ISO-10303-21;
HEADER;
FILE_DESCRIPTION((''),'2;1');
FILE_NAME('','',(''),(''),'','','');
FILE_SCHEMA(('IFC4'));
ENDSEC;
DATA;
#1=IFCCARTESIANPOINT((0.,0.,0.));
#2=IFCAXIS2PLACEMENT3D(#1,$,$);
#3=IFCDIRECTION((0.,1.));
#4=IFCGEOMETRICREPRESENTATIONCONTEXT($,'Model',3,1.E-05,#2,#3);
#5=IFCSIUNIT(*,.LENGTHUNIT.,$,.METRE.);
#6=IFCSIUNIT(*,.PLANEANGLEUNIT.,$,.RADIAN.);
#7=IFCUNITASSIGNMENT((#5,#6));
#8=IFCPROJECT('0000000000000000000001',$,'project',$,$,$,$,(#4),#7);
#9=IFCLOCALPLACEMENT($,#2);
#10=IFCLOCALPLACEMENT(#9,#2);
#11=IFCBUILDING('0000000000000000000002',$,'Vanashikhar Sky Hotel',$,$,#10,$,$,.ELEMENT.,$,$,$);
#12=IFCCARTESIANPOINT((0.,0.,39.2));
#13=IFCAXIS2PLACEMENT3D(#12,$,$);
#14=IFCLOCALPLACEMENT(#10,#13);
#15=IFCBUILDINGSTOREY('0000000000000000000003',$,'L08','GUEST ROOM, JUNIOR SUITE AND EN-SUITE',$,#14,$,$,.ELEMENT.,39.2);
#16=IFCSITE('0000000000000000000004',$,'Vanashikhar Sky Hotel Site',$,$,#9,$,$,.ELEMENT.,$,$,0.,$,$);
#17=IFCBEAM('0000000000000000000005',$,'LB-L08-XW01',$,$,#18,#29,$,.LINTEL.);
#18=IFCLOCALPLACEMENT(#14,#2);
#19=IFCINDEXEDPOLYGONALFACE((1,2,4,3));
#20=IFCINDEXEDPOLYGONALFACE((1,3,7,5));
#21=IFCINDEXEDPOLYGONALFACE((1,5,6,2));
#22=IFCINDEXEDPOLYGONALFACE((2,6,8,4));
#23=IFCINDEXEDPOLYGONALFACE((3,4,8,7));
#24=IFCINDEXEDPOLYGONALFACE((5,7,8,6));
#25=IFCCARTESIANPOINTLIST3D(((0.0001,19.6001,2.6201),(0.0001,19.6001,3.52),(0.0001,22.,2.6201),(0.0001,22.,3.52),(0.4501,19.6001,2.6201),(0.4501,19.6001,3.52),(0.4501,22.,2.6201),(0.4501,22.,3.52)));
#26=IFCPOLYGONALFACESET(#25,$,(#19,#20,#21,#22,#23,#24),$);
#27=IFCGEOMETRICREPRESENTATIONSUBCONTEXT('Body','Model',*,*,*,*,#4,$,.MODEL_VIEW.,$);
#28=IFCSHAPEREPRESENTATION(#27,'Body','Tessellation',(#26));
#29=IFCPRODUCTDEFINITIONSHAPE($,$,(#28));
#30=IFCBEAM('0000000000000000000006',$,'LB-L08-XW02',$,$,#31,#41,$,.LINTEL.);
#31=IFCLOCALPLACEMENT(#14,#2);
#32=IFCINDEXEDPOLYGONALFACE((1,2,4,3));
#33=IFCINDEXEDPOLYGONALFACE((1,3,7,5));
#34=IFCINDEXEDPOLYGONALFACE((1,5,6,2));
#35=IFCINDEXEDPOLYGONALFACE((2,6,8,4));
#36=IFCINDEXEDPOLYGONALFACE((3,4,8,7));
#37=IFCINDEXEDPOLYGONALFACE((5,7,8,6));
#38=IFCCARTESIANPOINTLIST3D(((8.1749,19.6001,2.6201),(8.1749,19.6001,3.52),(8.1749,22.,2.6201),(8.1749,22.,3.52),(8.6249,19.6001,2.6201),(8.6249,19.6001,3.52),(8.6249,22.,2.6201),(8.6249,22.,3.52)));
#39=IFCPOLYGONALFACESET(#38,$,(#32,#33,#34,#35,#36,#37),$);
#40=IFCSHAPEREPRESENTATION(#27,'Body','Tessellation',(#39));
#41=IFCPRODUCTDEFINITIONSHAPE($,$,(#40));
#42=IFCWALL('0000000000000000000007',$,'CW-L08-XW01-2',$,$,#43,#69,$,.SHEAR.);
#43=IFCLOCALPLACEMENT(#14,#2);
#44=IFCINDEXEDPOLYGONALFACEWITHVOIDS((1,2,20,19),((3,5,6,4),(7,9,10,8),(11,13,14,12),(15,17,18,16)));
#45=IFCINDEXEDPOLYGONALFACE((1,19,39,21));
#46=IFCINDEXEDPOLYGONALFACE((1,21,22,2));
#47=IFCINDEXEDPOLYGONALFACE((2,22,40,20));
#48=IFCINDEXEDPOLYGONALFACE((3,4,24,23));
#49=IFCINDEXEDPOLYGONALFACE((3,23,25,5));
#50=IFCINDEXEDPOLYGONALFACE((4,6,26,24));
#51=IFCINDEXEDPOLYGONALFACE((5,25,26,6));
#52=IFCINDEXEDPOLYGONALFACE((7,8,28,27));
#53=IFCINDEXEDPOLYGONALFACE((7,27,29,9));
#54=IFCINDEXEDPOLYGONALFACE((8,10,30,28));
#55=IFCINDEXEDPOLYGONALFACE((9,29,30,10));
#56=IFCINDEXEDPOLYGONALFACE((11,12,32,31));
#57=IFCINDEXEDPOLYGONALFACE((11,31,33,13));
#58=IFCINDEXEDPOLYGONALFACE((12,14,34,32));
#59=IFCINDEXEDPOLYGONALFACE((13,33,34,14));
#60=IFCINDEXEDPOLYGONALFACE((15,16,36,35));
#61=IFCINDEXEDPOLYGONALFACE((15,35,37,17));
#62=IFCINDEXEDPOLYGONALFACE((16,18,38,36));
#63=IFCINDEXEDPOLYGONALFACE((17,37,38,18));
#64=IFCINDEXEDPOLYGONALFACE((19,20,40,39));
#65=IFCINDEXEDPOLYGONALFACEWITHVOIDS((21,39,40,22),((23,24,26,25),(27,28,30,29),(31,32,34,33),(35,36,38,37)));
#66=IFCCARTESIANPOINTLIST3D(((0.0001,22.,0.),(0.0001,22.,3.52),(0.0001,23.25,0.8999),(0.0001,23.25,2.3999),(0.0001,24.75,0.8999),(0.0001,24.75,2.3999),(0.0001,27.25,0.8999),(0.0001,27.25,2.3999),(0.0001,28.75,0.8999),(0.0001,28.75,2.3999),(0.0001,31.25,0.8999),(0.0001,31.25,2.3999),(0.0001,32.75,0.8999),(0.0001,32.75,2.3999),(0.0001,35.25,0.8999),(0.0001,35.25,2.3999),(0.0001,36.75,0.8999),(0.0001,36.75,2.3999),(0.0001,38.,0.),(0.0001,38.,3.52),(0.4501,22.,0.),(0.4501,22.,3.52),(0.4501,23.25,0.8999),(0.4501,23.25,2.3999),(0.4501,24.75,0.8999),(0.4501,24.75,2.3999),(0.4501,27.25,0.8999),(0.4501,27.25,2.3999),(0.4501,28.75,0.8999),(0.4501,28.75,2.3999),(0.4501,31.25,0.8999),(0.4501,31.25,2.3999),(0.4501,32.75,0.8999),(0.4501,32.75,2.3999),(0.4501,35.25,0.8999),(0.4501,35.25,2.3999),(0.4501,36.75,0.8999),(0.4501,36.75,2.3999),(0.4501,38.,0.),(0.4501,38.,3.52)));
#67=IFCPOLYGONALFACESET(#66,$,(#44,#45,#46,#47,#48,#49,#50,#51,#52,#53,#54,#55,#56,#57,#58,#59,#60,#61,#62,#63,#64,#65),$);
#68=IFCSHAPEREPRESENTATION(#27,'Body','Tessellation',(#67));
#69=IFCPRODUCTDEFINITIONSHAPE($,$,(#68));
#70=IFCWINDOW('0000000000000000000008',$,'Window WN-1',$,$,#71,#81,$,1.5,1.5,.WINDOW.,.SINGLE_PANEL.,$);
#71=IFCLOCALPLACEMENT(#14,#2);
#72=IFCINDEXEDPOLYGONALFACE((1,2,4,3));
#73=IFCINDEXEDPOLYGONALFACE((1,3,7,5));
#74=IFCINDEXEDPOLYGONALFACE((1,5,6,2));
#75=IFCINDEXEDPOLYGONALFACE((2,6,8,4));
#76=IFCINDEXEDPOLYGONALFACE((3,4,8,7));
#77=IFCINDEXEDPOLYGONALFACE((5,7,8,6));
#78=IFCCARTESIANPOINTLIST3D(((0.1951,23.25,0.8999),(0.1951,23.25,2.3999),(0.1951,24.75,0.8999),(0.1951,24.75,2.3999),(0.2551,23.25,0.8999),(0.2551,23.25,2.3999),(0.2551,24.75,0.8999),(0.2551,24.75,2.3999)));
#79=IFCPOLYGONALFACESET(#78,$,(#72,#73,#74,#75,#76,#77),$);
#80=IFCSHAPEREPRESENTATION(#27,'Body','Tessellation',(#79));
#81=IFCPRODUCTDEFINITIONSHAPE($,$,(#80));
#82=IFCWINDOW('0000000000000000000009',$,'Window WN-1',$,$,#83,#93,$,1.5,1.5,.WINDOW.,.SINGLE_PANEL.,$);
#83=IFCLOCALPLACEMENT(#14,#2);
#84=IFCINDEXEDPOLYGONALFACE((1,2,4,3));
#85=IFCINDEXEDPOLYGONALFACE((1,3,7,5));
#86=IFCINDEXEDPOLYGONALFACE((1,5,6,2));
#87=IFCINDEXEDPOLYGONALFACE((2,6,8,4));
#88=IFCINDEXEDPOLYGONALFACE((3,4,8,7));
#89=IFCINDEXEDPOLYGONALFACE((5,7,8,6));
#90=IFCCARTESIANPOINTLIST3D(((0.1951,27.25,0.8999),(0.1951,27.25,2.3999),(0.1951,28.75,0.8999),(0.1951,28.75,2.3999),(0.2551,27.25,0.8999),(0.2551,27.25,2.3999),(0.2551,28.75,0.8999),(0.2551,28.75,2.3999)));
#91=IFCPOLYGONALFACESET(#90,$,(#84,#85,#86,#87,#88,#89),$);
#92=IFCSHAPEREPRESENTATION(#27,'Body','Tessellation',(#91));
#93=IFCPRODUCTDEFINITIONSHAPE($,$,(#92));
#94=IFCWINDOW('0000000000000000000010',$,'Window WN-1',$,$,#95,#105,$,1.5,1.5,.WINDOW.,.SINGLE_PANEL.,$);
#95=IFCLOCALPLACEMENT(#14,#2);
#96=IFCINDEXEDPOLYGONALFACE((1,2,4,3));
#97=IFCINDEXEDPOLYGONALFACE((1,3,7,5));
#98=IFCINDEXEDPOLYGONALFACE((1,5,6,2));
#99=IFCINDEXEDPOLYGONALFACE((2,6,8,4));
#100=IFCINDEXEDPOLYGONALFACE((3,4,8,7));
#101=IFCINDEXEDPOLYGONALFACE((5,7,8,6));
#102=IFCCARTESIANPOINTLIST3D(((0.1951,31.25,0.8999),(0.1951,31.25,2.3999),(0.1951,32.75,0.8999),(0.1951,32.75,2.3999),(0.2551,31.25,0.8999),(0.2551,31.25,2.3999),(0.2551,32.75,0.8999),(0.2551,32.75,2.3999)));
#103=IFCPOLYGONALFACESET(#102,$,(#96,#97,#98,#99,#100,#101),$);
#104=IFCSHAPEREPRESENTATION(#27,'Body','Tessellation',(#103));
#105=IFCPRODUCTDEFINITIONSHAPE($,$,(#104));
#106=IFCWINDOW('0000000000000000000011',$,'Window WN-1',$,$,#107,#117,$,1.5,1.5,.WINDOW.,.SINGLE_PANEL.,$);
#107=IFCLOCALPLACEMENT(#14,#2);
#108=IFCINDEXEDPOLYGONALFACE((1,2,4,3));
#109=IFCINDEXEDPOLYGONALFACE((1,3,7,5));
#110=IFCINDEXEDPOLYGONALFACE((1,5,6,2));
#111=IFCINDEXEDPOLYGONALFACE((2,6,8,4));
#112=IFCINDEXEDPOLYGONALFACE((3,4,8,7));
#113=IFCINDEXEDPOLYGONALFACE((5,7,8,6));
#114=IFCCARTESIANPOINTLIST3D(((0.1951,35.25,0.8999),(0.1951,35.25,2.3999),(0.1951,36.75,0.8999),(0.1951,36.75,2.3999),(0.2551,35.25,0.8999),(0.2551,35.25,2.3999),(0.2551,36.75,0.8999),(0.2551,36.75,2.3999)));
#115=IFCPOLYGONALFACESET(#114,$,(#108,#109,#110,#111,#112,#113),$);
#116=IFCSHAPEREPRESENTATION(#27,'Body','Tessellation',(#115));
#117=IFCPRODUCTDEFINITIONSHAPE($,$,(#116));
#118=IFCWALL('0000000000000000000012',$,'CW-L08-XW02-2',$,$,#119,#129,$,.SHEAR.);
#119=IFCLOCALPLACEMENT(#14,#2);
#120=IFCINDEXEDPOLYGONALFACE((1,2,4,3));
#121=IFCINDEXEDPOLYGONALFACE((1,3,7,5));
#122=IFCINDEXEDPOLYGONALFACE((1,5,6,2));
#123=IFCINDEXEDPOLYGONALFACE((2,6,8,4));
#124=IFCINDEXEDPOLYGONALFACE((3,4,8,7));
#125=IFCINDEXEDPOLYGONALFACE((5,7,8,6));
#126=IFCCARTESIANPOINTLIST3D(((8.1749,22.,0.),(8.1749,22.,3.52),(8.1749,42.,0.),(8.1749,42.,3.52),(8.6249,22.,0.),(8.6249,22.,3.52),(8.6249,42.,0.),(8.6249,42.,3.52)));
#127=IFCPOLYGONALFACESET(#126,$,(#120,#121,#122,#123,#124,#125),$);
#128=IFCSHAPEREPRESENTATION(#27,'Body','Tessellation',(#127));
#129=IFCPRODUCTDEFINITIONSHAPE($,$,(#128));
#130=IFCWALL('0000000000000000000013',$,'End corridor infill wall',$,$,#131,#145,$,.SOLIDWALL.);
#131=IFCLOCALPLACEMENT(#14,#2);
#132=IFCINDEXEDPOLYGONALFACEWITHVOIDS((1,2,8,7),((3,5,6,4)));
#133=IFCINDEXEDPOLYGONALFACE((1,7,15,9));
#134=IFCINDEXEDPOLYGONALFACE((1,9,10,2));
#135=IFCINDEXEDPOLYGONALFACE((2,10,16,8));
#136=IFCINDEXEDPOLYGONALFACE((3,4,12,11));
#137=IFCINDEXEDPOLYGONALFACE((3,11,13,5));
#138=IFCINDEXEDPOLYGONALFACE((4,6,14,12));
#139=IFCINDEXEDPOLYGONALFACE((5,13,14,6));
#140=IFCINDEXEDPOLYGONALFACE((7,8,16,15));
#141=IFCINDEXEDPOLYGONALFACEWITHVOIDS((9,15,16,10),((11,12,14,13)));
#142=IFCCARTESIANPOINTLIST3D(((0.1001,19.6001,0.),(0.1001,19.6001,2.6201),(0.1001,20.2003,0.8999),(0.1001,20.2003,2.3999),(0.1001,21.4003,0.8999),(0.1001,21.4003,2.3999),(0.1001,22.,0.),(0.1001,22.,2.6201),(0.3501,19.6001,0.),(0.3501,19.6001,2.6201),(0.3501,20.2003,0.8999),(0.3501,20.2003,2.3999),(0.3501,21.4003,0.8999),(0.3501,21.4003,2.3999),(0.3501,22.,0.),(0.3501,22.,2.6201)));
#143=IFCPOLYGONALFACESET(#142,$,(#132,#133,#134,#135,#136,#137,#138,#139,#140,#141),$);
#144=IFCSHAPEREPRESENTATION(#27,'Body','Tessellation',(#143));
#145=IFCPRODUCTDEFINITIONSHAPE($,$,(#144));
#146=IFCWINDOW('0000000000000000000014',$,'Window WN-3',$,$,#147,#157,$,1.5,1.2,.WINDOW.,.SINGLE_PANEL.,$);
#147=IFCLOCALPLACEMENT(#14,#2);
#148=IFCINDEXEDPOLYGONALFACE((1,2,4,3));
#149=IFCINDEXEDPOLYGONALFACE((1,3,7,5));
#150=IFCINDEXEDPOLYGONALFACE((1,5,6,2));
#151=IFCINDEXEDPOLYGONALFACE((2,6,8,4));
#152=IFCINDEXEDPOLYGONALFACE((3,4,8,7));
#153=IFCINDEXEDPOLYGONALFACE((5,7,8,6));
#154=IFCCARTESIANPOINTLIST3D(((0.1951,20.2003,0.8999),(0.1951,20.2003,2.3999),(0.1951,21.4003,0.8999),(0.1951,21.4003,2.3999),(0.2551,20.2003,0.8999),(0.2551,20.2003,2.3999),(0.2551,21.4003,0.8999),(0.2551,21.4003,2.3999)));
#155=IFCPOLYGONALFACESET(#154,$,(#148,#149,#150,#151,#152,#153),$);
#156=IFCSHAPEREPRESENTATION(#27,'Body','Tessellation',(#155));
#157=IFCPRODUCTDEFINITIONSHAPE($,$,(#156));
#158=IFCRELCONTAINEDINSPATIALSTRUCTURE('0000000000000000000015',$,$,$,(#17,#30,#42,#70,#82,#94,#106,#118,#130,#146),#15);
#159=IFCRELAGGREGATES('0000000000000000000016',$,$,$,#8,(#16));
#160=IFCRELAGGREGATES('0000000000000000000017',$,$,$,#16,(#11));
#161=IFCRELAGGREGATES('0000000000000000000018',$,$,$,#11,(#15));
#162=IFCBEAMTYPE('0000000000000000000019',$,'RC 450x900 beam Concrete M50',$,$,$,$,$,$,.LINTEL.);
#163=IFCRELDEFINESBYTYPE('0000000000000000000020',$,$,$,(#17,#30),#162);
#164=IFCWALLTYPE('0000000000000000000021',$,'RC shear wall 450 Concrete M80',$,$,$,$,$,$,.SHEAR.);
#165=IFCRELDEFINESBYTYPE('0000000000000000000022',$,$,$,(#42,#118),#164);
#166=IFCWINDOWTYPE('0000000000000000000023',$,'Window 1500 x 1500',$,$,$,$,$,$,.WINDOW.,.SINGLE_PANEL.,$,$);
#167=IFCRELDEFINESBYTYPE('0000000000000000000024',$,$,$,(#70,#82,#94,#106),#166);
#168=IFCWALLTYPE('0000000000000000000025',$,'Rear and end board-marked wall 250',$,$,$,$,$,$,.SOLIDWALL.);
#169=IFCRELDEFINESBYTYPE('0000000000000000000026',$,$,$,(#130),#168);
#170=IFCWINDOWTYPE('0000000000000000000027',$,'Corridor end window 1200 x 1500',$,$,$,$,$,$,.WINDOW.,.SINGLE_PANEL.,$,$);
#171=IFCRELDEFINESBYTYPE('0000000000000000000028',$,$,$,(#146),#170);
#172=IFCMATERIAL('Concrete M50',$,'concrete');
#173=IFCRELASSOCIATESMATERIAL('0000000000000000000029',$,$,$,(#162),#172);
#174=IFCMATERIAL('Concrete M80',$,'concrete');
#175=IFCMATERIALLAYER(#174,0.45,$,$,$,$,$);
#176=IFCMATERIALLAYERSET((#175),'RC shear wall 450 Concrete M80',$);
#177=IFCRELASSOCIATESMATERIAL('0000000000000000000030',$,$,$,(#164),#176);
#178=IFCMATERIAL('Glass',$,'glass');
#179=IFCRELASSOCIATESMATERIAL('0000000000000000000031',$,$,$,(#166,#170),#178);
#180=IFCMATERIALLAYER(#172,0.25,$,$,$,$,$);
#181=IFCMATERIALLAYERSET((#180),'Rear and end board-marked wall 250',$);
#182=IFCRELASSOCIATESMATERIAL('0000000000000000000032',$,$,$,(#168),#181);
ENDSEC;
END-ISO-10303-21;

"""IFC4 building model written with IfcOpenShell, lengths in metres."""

from ifc_helpers import new_model, si_unit, direction, frame, frame_2d, origin, origin_2d, place, context, subcontext, project, spatial, rectangle, extrude, source, transform, mapped, material, layer, layer_set, material_profile, profile_set, type_object, element, fill, save


model = new_model("IFC4")

# Units and contexts
model_context = context("Model", 3, precision=1e-05, world=origin(), true_north=direction((0.0, 1.0)))
body_context = subcontext(model_context, "Body", "Model", "MODEL_VIEW")
ifc_project = project(units=[si_unit("LENGTHUNIT", "METRE"), si_unit("PLANEANGLEUNIT", "RADIAN")], contexts=[model_context])

# Site, building, storey
site_placement = place(None, origin())
site = spatial("IfcSite", under=ifc_project, at=site_placement, Name="Vanashikhar Sky Hotel Site", CompositionType="ELEMENT", RefElevation=0.0)
building_placement = place(site_placement, origin())
building = spatial("IfcBuilding", under=site, at=building_placement, Name="Vanashikhar Sky Hotel", CompositionType="ELEMENT")
storey_placement = place(building_placement, frame((0.0, 0.0, 39.2)))
storey = spatial("IfcBuildingStorey", under=building, at=storey_placement, Name="L08", Description="GUEST ROOM, JUNIOR SUITE AND EN-SUITE", CompositionType="ELEMENT", Elevation=39.2)

# Beams
ifc_material_1 = material(Name="Concrete M50", Category="concrete")
ifc_material_profile = material_profile(ifc_material_1, rectangle(XDim=0.45, YDim=0.8999, at=origin_2d()))
ifc_profile_set = profile_set([ifc_material_profile], Name="RC 450x900 beam Concrete M50")
beam_type = type_object("IfcBeamType", Name="RC 450x900 beam Concrete M50", PredefinedType="LINTEL", material=ifc_profile_set)
shared_shape_1 = source(origin(), body_context, "Body", "SweptSolid", [
    extrude(rectangle(XDim=0.45, YDim=0.8999, at=origin_2d()), origin(), (0.0, 0.0, 1.0), 2.3999),
])
for number, where, z_axis, x_axis, name in (
    (1, (0.2251, 19.6001, 3.0701), (0.0, 1.0, 0.0), (-1.0, 0.0, 0.0), "LB-L08-XW01"),
    (2, (8.3999, 19.6001, 3.0701), (0.0, 1.0, 0.0), (-1.0, 0.0, 0.0), "LB-L08-XW02"),
):
    element("IfcBeam", number, at=place(storey_placement, frame(where, z_axis=z_axis, x_axis=x_axis)), inside=storey, type_object=beam_type, Name=name, PredefinedType="LINTEL", context=body_context, shape_type="MappedRepresentation", body=[
        mapped(shared_shape_1, transform((0.0, 0.0, 0.0), scale=1.0)),
    ])

# Wall, openings, windows
ifc_material_2 = material(Name="Concrete M80", Category="concrete")
ifc_layer_1 = layer(ifc_material_2, 0.45)
ifc_layer_set_1 = layer_set([ifc_layer_1], Name="RC shear wall 450 Concrete M80")
wall_type_1 = type_object("IfcWallType", Name="RC shear wall 450 Concrete M80", PredefinedType="SHEAR", material=ifc_layer_set_1)
shared_shape_2 = source(origin(), body_context, "Body", "SweptSolid", [
    extrude(rectangle(XDim=16.0, YDim=0.45, at=frame_2d((8.0, 0.0))), origin(), (0.0, 0.0, 1.0), 3.52),
])
wall_1_placement = place(storey_placement, frame((0.2251, 22.0, 0.0), z_axis=(0.0, 0.0, 1.0), x_axis=(0.0, 1.0, 0.0)))
wall_1 = element("IfcWall", 3, at=wall_1_placement, inside=storey, type_object=wall_type_1, Name="CW-L08-XW01-2", PredefinedType="SHEAR", context=body_context, shape_type="MappedRepresentation", body=[
    mapped(shared_shape_2, transform((0.0, 0.0, 0.0), scale=1.0)),
])
shared_shape_3 = source(origin(), body_context, "Body", "SweptSolid", [
    extrude(rectangle(XDim=1.5, YDim=1.5, at=frame_2d((0.75, 0.75))), frame((0.0, 0.2349, 0.0), z_axis=(0.0, -1.0, 0.0), x_axis=(1.0, 0.0, 0.0)), (0.0, 0.0, 1.0), 0.47),
])
opening_1_placement = place(wall_1_placement, frame((1.25, 0.0, 0.8999)))
opening_1 = element("IfcOpeningElement", 4, at=opening_1_placement, cuts=wall_1, PredefinedType="OPENING", context=body_context, shape_type="MappedRepresentation", body=[
    mapped(shared_shape_3, transform((0.0, 0.0, 0.0), scale=1.0)),
])
opening_2_placement = place(wall_1_placement, frame((5.25, 0.0, 0.8999)))
opening_2 = element("IfcOpeningElement", 5, at=opening_2_placement, cuts=wall_1, PredefinedType="OPENING", context=body_context, shape_type="MappedRepresentation", body=[
    mapped(shared_shape_3, transform((0.0, 0.0, 0.0), scale=1.0)),
])
opening_3_placement = place(wall_1_placement, frame((9.25, 0.0, 0.8999)))
opening_3 = element("IfcOpeningElement", 6, at=opening_3_placement, cuts=wall_1, PredefinedType="OPENING", context=body_context, shape_type="MappedRepresentation", body=[
    mapped(shared_shape_3, transform((0.0, 0.0, 0.0), scale=1.0)),
])
opening_4_placement = place(wall_1_placement, frame((13.25, 0.0, 0.8999)))
opening_4 = element("IfcOpeningElement", 7, at=opening_4_placement, cuts=wall_1, PredefinedType="OPENING", context=body_context, shape_type="MappedRepresentation", body=[
    mapped(shared_shape_3, transform((0.0, 0.0, 0.0), scale=1.0)),
])
ifc_material_3 = material(Name="Glass", Category="glass")
window_type_1 = type_object("IfcWindowType", Name="Window 1500 x 1500", PartitioningType="SINGLE_PANEL", PredefinedType="WINDOW", material=ifc_material_3)
shared_shape_4 = source(origin(), body_context, "Body", "SweptSolid", [
    extrude(rectangle(XDim=1.5, YDim=1.5, at=frame_2d((0.75, 0.75))), frame((0.0, 0.03, 0.0), z_axis=(0.0, -1.0, 0.0), x_axis=(1.0, 0.0, 0.0)), (0.0, 0.0, 1.0), 0.0601),
])
window_1_placement = place(opening_1_placement, origin())
window_1 = element("IfcWindow", 8, at=window_1_placement, inside=storey, type_object=window_type_1, Name="Window WN-1", OverallHeight=1.5, OverallWidth=1.5, PartitioningType="SINGLE_PANEL", PredefinedType="WINDOW", context=body_context, shape_type="MappedRepresentation", body=[
    mapped(shared_shape_4, transform((0.0, 0.0, 0.0), scale=1.0)),
])
fill(opening_1, window_1)
window_2_placement = place(opening_2_placement, origin())
window_2 = element("IfcWindow", 9, at=window_2_placement, inside=storey, type_object=window_type_1, Name="Window WN-1", OverallHeight=1.5, OverallWidth=1.5, PartitioningType="SINGLE_PANEL", PredefinedType="WINDOW", context=body_context, shape_type="MappedRepresentation", body=[
    mapped(shared_shape_4, transform((0.0, 0.0, 0.0), scale=1.0)),
])
fill(opening_2, window_2)
window_3_placement = place(opening_3_placement, origin())
window_3 = element("IfcWindow", 10, at=window_3_placement, inside=storey, type_object=window_type_1, Name="Window WN-1", OverallHeight=1.5, OverallWidth=1.5, PartitioningType="SINGLE_PANEL", PredefinedType="WINDOW", context=body_context, shape_type="MappedRepresentation", body=[
    mapped(shared_shape_4, transform((0.0, 0.0, 0.0), scale=1.0)),
])
fill(opening_3, window_3)
window_4_placement = place(opening_4_placement, origin())
window_4 = element("IfcWindow", 11, at=window_4_placement, inside=storey, type_object=window_type_1, Name="Window WN-1", OverallHeight=1.5, OverallWidth=1.5, PartitioningType="SINGLE_PANEL", PredefinedType="WINDOW", context=body_context, shape_type="MappedRepresentation", body=[
    mapped(shared_shape_4, transform((0.0, 0.0, 0.0), scale=1.0)),
])
fill(opening_4, window_4)

# Wall
shared_shape_5 = source(origin(), body_context, "Body", "SweptSolid", [
    extrude(rectangle(XDim=20.0, YDim=0.45, at=frame_2d((10.0, 0.0))), origin(), (0.0, 0.0, 1.0), 3.52),
])
wall_2_placement = place(storey_placement, frame((8.3999, 22.0, 0.0), z_axis=(0.0, 0.0, 1.0), x_axis=(0.0, 1.0, 0.0)))
element("IfcWall", 12, at=wall_2_placement, inside=storey, type_object=wall_type_1, Name="CW-L08-XW02-2", PredefinedType="SHEAR", context=body_context, shape_type="MappedRepresentation", body=[
    mapped(shared_shape_5, transform((0.0, 0.0, 0.0), scale=1.0)),
])

# Wall, opening, window
ifc_layer_2 = layer(ifc_material_1, 0.25)
ifc_layer_set_2 = layer_set([ifc_layer_2], Name="Rear and end board-marked wall 250")
wall_type_2 = type_object("IfcWallType", Name="Rear and end board-marked wall 250", PredefinedType="SOLIDWALL", material=ifc_layer_set_2)
shared_shape_6 = source(origin(), body_context, "Body", "SweptSolid", [
    extrude(rectangle(XDim=2.3999, YDim=0.25, at=frame_2d((1.2, 0.0))), origin(), (0.0, 0.0, 1.0), 2.6201),
])
wall_3_placement = place(storey_placement, frame((0.2251, 19.6001, 0.0), z_axis=(0.0, 0.0, 1.0), x_axis=(0.0, 1.0, 0.0)))
wall_3 = element("IfcWall", 13, at=wall_3_placement, inside=storey, type_object=wall_type_2, Name="End corridor infill wall", PredefinedType="SOLIDWALL", context=body_context, shape_type="MappedRepresentation", body=[
    mapped(shared_shape_6, transform((0.0, 0.0, 0.0), scale=1.0)),
])
shared_shape_7 = source(origin(), body_context, "Body", "SweptSolid", [
    extrude(rectangle(XDim=1.2, YDim=1.5, at=frame_2d((0.6001, 0.75))), frame((0.0, 0.135, 0.0), z_axis=(0.0, -1.0, 0.0), x_axis=(1.0, 0.0, 0.0)), (0.0, 0.0, 1.0), 0.27),
])
opening_5_placement = place(wall_3_placement, frame((0.6001, 0.0, 0.8999)))
opening_5 = element("IfcOpeningElement", 14, at=opening_5_placement, cuts=wall_3, PredefinedType="OPENING", context=body_context, shape_type="MappedRepresentation", body=[
    mapped(shared_shape_7, transform((0.0, 0.0, 0.0), scale=1.0)),
])
window_type_2 = type_object("IfcWindowType", Name="Corridor end window 1200 x 1500", PartitioningType="SINGLE_PANEL", PredefinedType="WINDOW", material=ifc_material_3)
shared_shape_8 = source(origin(), body_context, "Body", "SweptSolid", [
    extrude(rectangle(XDim=1.2, YDim=1.5, at=frame_2d((0.6001, 0.75))), frame((0.0, 0.03, 0.0), z_axis=(0.0, -1.0, 0.0), x_axis=(1.0, 0.0, 0.0)), (0.0, 0.0, 1.0), 0.0601),
])
window_5_placement = place(opening_5_placement, origin())
window_5 = element("IfcWindow", 15, at=window_5_placement, inside=storey, type_object=window_type_2, Name="Window WN-3", OverallHeight=1.5, OverallWidth=1.2, PartitioningType="SINGLE_PANEL", PredefinedType="WINDOW", context=body_context, shape_type="MappedRepresentation", body=[
    mapped(shared_shape_8, transform((0.0, 0.0, 0.0), scale=1.0)),
])
fill(opening_5, window_5)

save(model, "model.ifc")
